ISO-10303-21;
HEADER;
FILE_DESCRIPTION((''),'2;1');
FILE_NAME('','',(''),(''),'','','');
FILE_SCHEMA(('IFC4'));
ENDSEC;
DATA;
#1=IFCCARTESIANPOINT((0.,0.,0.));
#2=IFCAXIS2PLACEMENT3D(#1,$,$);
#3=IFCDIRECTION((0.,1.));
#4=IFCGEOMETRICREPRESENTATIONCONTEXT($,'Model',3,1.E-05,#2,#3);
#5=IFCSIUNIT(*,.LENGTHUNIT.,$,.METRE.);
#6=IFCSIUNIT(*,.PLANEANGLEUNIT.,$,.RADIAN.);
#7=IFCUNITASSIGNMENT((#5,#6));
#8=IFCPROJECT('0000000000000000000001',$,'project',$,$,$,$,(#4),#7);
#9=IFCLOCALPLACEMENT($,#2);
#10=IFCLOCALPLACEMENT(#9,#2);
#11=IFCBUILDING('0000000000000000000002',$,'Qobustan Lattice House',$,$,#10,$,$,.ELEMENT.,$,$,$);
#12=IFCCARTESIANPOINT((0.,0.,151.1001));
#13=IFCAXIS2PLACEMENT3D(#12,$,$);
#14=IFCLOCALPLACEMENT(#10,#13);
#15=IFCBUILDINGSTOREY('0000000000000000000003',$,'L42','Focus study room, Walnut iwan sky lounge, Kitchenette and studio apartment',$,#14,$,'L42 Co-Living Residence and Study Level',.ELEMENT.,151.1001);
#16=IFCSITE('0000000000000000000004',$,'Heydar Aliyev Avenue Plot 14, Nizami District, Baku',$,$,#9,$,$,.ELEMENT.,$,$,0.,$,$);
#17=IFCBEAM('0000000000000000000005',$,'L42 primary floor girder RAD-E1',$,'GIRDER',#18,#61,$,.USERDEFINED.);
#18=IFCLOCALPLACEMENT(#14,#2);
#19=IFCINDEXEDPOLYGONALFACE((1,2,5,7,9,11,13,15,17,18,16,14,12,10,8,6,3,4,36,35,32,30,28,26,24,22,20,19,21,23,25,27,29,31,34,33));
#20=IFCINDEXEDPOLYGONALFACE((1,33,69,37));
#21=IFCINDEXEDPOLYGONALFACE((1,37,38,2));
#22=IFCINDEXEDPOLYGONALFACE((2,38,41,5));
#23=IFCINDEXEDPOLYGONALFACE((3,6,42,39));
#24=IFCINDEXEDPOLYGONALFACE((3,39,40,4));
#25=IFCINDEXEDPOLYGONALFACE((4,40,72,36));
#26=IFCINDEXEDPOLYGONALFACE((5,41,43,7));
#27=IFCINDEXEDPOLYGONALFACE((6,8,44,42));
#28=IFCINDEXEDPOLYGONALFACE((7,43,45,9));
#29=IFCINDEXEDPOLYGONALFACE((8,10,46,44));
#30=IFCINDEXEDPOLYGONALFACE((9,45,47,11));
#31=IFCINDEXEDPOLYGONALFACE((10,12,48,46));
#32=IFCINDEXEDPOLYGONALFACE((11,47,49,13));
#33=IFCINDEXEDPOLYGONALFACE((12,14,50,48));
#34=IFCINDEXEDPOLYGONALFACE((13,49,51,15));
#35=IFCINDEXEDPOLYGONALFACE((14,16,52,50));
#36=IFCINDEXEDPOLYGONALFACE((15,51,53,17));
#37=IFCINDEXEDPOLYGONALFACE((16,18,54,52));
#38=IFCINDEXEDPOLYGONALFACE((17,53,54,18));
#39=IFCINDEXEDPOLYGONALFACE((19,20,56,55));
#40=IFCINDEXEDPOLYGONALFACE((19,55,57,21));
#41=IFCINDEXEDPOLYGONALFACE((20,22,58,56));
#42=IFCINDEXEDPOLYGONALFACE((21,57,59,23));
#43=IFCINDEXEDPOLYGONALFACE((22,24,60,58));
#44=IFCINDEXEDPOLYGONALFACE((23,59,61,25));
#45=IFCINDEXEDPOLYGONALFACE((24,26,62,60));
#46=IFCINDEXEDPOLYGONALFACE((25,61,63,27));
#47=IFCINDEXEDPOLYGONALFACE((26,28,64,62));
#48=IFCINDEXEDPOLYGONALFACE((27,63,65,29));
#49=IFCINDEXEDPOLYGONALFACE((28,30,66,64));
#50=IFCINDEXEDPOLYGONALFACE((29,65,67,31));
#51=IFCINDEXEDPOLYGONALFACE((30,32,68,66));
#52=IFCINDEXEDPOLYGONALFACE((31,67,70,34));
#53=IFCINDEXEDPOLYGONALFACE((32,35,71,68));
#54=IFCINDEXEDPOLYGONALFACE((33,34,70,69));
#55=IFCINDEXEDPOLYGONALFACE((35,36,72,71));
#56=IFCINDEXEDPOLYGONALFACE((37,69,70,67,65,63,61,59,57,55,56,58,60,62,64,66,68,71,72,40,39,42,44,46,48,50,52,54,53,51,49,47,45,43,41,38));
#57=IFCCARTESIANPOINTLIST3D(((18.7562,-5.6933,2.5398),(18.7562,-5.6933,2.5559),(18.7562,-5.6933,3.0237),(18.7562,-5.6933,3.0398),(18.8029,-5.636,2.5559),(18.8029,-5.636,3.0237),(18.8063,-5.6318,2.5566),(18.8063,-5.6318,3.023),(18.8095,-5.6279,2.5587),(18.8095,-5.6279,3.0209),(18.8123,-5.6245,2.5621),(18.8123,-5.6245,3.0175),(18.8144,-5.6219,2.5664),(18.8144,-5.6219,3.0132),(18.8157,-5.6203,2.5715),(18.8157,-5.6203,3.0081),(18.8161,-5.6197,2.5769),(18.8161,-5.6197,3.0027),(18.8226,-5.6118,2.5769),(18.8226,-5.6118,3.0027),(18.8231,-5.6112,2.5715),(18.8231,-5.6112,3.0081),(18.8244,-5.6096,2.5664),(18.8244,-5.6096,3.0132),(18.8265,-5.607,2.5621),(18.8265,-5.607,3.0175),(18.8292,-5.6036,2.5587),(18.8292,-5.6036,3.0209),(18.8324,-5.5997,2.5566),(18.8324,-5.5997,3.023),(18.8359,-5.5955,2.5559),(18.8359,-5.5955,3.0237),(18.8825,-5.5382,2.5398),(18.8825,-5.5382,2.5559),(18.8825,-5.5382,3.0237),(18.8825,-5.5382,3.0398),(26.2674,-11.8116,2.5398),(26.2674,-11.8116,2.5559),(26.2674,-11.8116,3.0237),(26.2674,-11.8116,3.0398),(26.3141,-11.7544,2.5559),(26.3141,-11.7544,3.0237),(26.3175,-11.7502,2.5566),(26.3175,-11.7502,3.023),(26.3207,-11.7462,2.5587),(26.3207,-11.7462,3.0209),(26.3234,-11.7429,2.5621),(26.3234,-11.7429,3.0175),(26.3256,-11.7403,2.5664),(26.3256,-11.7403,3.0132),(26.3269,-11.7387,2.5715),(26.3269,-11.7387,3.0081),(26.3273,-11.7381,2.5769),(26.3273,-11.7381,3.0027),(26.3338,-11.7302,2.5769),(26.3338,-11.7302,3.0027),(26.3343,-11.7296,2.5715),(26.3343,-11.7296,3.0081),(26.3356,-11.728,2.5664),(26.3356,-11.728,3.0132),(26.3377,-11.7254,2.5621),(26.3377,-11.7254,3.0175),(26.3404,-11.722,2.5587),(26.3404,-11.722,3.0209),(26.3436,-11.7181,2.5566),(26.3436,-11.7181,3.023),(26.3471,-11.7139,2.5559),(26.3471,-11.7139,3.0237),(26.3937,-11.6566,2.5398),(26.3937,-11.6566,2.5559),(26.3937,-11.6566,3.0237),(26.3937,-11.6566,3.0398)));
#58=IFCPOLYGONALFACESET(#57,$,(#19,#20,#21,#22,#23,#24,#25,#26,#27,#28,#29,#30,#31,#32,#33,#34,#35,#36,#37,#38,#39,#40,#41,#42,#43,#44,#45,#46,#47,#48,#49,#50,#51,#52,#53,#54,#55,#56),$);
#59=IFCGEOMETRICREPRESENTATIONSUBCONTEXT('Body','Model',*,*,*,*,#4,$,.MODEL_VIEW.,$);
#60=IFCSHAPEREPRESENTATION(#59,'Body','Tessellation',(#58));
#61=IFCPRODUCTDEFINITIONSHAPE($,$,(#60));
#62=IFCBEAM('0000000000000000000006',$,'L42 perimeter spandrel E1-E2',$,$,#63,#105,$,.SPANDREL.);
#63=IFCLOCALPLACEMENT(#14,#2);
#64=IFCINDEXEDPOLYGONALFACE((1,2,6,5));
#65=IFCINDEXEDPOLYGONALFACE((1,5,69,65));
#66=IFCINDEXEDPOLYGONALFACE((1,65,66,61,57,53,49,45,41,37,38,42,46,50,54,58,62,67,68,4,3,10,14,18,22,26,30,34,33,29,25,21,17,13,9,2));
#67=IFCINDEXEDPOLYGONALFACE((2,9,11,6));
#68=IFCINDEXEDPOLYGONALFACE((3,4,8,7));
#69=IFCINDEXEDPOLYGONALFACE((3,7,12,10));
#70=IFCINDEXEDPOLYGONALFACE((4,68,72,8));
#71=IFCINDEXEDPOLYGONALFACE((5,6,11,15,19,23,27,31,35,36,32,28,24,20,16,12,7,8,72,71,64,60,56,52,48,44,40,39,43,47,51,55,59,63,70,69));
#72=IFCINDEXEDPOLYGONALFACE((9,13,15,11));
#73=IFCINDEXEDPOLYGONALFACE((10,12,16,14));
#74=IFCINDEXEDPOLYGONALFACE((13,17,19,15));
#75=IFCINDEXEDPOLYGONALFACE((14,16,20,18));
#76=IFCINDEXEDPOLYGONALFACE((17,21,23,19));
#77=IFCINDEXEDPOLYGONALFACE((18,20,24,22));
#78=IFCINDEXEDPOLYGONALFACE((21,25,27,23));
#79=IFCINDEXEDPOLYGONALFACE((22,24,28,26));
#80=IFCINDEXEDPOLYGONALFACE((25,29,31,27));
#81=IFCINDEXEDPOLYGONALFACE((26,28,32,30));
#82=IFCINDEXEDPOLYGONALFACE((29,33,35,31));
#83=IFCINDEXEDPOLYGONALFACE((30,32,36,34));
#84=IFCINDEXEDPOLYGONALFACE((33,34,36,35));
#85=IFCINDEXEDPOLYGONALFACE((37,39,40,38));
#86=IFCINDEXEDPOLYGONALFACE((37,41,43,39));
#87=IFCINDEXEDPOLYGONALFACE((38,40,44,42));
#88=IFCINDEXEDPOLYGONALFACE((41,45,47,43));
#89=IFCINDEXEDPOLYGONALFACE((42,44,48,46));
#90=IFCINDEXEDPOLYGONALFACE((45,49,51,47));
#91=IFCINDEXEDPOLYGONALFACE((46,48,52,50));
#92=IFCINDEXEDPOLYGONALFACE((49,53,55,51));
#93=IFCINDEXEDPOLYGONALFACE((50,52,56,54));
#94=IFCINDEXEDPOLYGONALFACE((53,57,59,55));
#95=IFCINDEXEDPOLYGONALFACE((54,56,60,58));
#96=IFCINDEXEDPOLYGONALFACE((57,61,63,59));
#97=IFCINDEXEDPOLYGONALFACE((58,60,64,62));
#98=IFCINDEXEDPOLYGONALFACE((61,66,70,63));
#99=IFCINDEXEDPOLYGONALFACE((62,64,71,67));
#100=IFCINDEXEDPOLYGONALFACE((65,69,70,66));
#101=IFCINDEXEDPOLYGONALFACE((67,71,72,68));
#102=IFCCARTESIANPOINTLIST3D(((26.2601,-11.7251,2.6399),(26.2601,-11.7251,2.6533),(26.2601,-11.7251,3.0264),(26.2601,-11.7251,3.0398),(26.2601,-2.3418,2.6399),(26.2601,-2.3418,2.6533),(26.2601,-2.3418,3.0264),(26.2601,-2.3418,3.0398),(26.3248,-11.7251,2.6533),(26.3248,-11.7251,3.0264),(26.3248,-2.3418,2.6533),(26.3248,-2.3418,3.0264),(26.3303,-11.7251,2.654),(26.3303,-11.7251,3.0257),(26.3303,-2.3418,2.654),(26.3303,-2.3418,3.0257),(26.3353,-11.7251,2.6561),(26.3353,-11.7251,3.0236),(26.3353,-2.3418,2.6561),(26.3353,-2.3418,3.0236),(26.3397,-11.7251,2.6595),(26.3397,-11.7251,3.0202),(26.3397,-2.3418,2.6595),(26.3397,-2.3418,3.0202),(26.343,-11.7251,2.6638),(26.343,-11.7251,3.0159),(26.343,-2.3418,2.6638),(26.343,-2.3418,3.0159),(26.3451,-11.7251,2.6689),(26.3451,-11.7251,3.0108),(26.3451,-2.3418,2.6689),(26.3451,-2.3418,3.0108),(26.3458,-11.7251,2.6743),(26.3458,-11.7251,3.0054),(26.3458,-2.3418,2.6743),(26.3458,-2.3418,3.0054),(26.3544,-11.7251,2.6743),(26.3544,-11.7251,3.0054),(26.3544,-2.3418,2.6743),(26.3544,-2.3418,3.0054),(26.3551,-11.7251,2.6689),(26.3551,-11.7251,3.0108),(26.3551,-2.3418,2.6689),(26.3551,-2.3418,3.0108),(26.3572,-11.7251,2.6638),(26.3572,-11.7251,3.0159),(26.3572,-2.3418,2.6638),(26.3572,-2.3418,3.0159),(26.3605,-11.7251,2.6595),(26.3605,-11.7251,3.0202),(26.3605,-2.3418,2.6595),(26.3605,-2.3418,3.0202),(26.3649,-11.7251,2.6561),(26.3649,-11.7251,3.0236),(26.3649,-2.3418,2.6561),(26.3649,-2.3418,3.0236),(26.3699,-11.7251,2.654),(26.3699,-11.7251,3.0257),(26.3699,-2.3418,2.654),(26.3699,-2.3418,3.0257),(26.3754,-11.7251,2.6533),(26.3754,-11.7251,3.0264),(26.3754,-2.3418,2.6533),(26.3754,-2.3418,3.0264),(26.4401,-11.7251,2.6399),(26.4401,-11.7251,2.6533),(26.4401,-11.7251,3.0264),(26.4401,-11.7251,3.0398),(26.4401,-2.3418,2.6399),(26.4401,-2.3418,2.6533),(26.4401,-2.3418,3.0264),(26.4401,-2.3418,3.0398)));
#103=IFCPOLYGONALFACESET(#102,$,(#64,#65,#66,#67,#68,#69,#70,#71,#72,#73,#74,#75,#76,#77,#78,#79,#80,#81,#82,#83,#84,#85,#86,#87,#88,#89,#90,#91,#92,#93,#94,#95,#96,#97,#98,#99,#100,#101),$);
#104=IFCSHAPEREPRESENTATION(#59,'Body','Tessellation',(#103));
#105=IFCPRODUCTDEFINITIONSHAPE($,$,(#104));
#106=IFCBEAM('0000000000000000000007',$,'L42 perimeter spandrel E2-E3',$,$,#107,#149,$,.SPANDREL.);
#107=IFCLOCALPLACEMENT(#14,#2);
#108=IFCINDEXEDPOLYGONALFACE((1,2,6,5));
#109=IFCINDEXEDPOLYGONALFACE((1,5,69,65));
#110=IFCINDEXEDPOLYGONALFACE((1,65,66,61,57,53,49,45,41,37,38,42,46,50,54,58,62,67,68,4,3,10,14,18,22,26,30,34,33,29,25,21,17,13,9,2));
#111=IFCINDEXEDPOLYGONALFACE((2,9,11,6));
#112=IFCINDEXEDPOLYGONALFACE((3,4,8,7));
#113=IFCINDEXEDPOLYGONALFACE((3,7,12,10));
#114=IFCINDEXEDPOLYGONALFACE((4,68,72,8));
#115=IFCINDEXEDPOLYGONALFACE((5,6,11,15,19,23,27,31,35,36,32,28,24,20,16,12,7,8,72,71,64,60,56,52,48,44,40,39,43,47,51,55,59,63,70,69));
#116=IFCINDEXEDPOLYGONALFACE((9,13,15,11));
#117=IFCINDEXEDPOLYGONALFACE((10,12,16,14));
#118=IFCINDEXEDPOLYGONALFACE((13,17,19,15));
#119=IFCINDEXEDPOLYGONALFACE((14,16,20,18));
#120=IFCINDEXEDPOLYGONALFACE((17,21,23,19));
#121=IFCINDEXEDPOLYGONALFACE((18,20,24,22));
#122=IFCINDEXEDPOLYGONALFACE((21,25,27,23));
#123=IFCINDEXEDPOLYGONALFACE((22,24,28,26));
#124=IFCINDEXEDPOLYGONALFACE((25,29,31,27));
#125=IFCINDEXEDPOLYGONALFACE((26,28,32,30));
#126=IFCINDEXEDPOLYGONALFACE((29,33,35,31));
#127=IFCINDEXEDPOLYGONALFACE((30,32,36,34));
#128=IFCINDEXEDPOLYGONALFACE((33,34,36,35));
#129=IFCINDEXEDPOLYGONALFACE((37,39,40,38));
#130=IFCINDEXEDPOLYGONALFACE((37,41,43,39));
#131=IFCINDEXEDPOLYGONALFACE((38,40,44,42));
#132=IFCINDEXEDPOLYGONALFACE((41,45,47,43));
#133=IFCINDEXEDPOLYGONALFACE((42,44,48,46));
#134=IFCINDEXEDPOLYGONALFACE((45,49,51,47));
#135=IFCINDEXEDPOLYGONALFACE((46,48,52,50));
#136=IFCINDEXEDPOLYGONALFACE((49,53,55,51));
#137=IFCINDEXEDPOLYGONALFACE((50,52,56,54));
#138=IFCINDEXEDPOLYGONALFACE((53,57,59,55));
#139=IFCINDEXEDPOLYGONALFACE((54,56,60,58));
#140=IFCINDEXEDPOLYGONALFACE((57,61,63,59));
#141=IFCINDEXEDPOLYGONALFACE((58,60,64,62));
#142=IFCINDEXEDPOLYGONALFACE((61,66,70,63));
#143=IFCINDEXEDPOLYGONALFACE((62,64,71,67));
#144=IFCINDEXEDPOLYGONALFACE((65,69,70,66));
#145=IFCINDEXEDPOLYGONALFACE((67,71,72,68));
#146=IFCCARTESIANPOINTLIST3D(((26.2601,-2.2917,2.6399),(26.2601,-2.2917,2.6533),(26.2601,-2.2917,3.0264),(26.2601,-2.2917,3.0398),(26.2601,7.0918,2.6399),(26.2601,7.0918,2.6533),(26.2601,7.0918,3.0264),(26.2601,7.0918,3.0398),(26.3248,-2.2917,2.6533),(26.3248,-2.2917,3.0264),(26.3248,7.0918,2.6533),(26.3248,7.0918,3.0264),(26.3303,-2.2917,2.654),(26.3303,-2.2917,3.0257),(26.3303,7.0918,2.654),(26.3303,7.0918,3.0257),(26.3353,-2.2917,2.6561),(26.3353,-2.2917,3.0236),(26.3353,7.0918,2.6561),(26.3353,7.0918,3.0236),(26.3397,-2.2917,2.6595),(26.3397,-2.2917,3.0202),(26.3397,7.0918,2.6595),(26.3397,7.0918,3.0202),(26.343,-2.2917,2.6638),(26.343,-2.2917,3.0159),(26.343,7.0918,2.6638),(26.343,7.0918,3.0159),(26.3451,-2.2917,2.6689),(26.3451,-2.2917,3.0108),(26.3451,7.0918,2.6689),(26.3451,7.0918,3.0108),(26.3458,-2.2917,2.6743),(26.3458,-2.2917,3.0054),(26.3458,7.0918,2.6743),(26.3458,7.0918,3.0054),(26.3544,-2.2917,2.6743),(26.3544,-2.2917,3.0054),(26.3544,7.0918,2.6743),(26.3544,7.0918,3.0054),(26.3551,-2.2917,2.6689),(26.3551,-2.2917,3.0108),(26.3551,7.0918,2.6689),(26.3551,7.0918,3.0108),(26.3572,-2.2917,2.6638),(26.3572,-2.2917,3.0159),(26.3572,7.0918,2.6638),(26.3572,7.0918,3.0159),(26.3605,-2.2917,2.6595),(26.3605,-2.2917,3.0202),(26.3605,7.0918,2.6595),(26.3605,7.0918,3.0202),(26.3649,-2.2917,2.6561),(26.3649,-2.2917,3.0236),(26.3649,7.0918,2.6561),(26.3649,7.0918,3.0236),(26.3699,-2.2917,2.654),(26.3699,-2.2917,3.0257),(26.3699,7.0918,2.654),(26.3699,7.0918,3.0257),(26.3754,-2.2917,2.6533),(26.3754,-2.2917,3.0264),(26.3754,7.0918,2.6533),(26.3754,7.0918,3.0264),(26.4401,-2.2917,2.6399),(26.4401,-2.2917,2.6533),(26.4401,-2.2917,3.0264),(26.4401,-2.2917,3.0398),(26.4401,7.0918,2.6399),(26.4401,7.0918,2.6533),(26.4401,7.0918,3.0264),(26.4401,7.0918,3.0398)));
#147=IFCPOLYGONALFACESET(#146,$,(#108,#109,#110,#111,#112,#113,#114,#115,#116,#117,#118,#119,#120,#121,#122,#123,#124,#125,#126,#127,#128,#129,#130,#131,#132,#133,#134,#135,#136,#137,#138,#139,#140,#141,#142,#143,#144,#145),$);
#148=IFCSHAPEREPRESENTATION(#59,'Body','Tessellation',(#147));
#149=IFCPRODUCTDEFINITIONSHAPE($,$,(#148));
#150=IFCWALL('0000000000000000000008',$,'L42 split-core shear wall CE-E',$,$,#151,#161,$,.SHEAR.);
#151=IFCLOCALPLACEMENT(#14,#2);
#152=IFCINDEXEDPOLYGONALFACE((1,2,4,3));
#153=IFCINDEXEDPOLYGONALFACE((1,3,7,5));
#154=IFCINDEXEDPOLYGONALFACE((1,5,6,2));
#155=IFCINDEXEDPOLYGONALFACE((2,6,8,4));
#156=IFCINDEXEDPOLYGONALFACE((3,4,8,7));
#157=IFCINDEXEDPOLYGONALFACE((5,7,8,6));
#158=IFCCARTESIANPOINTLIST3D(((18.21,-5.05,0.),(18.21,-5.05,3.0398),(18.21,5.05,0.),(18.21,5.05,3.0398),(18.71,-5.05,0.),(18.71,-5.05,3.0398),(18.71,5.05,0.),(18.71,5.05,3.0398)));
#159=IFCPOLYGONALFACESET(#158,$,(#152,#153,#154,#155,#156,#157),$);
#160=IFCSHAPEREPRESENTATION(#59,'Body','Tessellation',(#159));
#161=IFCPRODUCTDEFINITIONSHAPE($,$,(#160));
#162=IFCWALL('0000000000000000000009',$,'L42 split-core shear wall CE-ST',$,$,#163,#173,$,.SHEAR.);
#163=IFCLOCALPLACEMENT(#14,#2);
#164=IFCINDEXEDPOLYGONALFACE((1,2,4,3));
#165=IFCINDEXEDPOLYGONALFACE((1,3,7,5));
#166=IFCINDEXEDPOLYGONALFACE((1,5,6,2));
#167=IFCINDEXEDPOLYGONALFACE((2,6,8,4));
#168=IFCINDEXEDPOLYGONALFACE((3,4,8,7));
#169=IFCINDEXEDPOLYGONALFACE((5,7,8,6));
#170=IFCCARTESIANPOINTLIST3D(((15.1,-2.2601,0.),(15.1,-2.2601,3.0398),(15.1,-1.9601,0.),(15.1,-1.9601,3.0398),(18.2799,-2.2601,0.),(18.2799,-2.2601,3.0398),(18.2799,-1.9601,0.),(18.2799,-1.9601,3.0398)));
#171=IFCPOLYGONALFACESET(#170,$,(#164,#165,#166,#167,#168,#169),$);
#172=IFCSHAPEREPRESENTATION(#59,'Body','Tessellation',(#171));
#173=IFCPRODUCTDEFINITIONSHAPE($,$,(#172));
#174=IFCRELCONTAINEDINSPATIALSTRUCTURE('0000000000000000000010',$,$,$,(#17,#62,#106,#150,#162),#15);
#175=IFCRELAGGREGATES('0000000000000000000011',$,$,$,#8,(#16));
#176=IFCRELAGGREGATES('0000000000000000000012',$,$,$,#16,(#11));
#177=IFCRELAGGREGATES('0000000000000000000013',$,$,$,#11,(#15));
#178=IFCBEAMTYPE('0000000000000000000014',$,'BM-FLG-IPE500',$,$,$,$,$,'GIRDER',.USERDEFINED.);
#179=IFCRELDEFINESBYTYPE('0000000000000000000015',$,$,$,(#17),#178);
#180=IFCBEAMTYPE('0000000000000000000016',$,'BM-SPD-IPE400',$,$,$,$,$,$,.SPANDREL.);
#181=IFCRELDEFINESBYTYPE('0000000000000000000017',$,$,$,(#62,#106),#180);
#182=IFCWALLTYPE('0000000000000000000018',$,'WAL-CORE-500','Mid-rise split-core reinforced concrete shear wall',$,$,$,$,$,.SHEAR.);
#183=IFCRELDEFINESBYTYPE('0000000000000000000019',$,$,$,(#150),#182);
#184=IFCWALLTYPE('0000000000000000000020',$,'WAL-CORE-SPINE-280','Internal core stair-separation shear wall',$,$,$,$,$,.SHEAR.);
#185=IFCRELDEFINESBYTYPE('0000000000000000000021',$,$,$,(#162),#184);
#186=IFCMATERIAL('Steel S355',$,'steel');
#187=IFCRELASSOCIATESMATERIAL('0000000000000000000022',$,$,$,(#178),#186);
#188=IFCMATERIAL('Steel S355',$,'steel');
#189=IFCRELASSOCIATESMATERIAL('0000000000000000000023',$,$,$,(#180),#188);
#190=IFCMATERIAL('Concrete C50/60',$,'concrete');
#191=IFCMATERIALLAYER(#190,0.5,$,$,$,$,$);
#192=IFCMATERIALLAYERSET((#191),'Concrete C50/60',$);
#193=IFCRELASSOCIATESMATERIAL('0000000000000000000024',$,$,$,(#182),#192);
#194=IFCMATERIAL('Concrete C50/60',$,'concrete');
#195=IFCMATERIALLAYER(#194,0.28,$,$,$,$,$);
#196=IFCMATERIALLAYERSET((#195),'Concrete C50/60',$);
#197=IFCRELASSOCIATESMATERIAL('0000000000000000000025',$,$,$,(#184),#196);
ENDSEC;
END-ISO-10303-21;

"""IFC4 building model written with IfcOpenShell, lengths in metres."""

from ifc_helpers import new_model, si_unit, direction, frame, frame_2d, origin, origin_2d, place, context, subcontext, project, spatial, rectangle, i_section, extrude, material, layer, layer_set, material_profile, profile_set, type_object, element, save


model = new_model("IFC4")

# Units and contexts
model_context = context("Model", 3, precision=1e-05, world=origin(), true_north=direction((0.0, 1.0)))
body_context = subcontext(model_context, "Body", "Model", "MODEL_VIEW")
ifc_project = project(units=[si_unit("LENGTHUNIT", "METRE"), si_unit("PLANEANGLEUNIT", "RADIAN")], contexts=[model_context])

# Site, building, storey
site_placement = place(None, origin())
site = spatial("IfcSite", under=ifc_project, at=site_placement, Name="Heydar Aliyev Avenue Plot 14, Nizami District, Baku", CompositionType="ELEMENT", RefElevation=0.0)
building_placement = place(site_placement, origin())
building = spatial("IfcBuilding", under=site, at=building_placement, Name="Qobustan Lattice House", CompositionType="ELEMENT")
storey_placement = place(building_placement, frame((0.0, 0.0, 151.1001)))
storey = spatial("IfcBuildingStorey", under=building, at=storey_placement, Name="L42", Description="Focus study room, Walnut iwan sky lounge, Kitchenette and studio apartment", LongName="L42 Co-Living Residence and Study Level", CompositionType="ELEMENT", Elevation=151.1001)

# Beams
ifc_material_1 = material(Name="Steel S355", Category="steel")
ifc_material_profile_1 = material_profile(ifc_material_1, i_section(OverallWidth=0.2, OverallDepth=0.5, WebThickness=0.0103, FlangeThickness=0.0161, FilletRadius=0.021, at=origin_2d()), Name="IPE500")
ifc_profile_set_1 = profile_set([ifc_material_profile_1], Name="Steel S355")
beam_type_1 = type_object("IfcBeamType", Name="BM-FLG-IPE500", ElementType="GIRDER", PredefinedType="USERDEFINED", material=ifc_profile_set_1)
beam_1_placement = place(storey_placement, frame((26.3306, -11.7341, 2.7898), z_axis=(-0.775329, 0.631558, 0.0), x_axis=(-0.631558, -0.775329, 0.0)))
element("IfcBeam", 1, at=beam_1_placement, inside=storey, type_object=beam_type_1, Name="L42 primary floor girder RAD-E1", ObjectType="GIRDER", PredefinedType="USERDEFINED", context=body_context, shape_type="SweptSolid", body=[
    extrude(i_section(OverallWidth=0.2, OverallDepth=0.5, WebThickness=0.0103, FlangeThickness=0.0161, FilletRadius=0.021, at=origin_2d()), origin(), (0.0, 0.0, 1.0), 9.6877),
])
ifc_material_2 = material(Name="Steel S355", Category="steel")
ifc_material_profile_2 = material_profile(ifc_material_2, i_section(OverallWidth=0.1799, OverallDepth=0.3999, WebThickness=0.0085, FlangeThickness=0.0134, FilletRadius=0.021, at=origin_2d()), Name="IPE400")
ifc_profile_set_2 = profile_set([ifc_material_profile_2], Name="Steel S355")
beam_type_2 = type_object("IfcBeamType", Name="BM-SPD-IPE400", PredefinedType="SPANDREL", material=ifc_profile_set_2)
beam_2_placement = place(storey_placement, frame((26.3501, -11.7251, 2.8398), z_axis=(0.0, 1.0, 0.0), x_axis=(-1.0, 0.0, 0.0)))
element("IfcBeam", 2, at=beam_2_placement, inside=storey, type_object=beam_type_2, Name="L42 perimeter spandrel E1-E2", PredefinedType="SPANDREL", context=body_context, shape_type="SweptSolid", body=[
    extrude(i_section(OverallWidth=0.1799, OverallDepth=0.3999, WebThickness=0.0085, FlangeThickness=0.0134, FilletRadius=0.021, at=origin_2d()), origin(), (0.0, 0.0, 1.0), 9.3833),
])
beam_3_placement = place(storey_placement, frame((26.3501, -2.2917, 2.8398), z_axis=(0.0, 1.0, 0.0), x_axis=(-1.0, 0.0, 0.0)))
element("IfcBeam", 3, at=beam_3_placement, inside=storey, type_object=beam_type_2, Name="L42 perimeter spandrel E2-E3", PredefinedType="SPANDREL", context=body_context, shape_type="SweptSolid", body=[
    extrude(i_section(OverallWidth=0.1799, OverallDepth=0.3999, WebThickness=0.0085, FlangeThickness=0.0134, FilletRadius=0.021, at=origin_2d()), origin(), (0.0, 0.0, 1.0), 9.3835),
])

# Walls
ifc_material_3 = material(Name="Concrete C50/60", Category="concrete")
ifc_layer_1 = layer(ifc_material_3, 0.5)
ifc_layer_set_1 = layer_set([ifc_layer_1], Name="Concrete C50/60")
wall_type_1 = type_object("IfcWallType", Name="WAL-CORE-500", Description="Mid-rise split-core reinforced concrete shear wall", PredefinedType="SHEAR", material=ifc_layer_set_1)
wall_1_placement = place(storey_placement, frame((18.46, -5.05, 0.0), z_axis=(0.0, 0.0, 1.0), x_axis=(0.0, 1.0, 0.0)))
element("IfcWall", 4, at=wall_1_placement, inside=storey, type_object=wall_type_1, Name="L42 split-core shear wall CE-E", PredefinedType="SHEAR", context=body_context, shape_type="SweptSolid", body=[
    extrude(rectangle(XDim=10.1001, YDim=0.5, at=frame_2d((5.05, 0.0))), origin(), (0.0, 0.0, 1.0), 3.0398),
])
ifc_material_4 = material(Name="Concrete C50/60", Category="concrete")
ifc_layer_2 = layer(ifc_material_4, 0.28)
ifc_layer_set_2 = layer_set([ifc_layer_2], Name="Concrete C50/60")
wall_type_2 = type_object("IfcWallType", Name="WAL-CORE-SPINE-280", Description="Internal core stair-separation shear wall", PredefinedType="SHEAR", material=ifc_layer_set_2)
wall_2_placement = place(storey_placement, frame((15.1001, -2.1101, 0.0), z_axis=(0.0, 0.0, 1.0), x_axis=(1.0, 0.0, 0.0)))
element("IfcWall", 5, at=wall_2_placement, inside=storey, type_object=wall_type_2, Name="L42 split-core shear wall CE-ST", PredefinedType="SHEAR", context=body_context, shape_type="SweptSolid", body=[
    extrude(rectangle(XDim=3.1799, YDim=0.3, at=frame_2d((1.5898, 0.0))), origin(), (0.0, 0.0, 1.0), 3.0398),
])

save(model, "model.ifc")
